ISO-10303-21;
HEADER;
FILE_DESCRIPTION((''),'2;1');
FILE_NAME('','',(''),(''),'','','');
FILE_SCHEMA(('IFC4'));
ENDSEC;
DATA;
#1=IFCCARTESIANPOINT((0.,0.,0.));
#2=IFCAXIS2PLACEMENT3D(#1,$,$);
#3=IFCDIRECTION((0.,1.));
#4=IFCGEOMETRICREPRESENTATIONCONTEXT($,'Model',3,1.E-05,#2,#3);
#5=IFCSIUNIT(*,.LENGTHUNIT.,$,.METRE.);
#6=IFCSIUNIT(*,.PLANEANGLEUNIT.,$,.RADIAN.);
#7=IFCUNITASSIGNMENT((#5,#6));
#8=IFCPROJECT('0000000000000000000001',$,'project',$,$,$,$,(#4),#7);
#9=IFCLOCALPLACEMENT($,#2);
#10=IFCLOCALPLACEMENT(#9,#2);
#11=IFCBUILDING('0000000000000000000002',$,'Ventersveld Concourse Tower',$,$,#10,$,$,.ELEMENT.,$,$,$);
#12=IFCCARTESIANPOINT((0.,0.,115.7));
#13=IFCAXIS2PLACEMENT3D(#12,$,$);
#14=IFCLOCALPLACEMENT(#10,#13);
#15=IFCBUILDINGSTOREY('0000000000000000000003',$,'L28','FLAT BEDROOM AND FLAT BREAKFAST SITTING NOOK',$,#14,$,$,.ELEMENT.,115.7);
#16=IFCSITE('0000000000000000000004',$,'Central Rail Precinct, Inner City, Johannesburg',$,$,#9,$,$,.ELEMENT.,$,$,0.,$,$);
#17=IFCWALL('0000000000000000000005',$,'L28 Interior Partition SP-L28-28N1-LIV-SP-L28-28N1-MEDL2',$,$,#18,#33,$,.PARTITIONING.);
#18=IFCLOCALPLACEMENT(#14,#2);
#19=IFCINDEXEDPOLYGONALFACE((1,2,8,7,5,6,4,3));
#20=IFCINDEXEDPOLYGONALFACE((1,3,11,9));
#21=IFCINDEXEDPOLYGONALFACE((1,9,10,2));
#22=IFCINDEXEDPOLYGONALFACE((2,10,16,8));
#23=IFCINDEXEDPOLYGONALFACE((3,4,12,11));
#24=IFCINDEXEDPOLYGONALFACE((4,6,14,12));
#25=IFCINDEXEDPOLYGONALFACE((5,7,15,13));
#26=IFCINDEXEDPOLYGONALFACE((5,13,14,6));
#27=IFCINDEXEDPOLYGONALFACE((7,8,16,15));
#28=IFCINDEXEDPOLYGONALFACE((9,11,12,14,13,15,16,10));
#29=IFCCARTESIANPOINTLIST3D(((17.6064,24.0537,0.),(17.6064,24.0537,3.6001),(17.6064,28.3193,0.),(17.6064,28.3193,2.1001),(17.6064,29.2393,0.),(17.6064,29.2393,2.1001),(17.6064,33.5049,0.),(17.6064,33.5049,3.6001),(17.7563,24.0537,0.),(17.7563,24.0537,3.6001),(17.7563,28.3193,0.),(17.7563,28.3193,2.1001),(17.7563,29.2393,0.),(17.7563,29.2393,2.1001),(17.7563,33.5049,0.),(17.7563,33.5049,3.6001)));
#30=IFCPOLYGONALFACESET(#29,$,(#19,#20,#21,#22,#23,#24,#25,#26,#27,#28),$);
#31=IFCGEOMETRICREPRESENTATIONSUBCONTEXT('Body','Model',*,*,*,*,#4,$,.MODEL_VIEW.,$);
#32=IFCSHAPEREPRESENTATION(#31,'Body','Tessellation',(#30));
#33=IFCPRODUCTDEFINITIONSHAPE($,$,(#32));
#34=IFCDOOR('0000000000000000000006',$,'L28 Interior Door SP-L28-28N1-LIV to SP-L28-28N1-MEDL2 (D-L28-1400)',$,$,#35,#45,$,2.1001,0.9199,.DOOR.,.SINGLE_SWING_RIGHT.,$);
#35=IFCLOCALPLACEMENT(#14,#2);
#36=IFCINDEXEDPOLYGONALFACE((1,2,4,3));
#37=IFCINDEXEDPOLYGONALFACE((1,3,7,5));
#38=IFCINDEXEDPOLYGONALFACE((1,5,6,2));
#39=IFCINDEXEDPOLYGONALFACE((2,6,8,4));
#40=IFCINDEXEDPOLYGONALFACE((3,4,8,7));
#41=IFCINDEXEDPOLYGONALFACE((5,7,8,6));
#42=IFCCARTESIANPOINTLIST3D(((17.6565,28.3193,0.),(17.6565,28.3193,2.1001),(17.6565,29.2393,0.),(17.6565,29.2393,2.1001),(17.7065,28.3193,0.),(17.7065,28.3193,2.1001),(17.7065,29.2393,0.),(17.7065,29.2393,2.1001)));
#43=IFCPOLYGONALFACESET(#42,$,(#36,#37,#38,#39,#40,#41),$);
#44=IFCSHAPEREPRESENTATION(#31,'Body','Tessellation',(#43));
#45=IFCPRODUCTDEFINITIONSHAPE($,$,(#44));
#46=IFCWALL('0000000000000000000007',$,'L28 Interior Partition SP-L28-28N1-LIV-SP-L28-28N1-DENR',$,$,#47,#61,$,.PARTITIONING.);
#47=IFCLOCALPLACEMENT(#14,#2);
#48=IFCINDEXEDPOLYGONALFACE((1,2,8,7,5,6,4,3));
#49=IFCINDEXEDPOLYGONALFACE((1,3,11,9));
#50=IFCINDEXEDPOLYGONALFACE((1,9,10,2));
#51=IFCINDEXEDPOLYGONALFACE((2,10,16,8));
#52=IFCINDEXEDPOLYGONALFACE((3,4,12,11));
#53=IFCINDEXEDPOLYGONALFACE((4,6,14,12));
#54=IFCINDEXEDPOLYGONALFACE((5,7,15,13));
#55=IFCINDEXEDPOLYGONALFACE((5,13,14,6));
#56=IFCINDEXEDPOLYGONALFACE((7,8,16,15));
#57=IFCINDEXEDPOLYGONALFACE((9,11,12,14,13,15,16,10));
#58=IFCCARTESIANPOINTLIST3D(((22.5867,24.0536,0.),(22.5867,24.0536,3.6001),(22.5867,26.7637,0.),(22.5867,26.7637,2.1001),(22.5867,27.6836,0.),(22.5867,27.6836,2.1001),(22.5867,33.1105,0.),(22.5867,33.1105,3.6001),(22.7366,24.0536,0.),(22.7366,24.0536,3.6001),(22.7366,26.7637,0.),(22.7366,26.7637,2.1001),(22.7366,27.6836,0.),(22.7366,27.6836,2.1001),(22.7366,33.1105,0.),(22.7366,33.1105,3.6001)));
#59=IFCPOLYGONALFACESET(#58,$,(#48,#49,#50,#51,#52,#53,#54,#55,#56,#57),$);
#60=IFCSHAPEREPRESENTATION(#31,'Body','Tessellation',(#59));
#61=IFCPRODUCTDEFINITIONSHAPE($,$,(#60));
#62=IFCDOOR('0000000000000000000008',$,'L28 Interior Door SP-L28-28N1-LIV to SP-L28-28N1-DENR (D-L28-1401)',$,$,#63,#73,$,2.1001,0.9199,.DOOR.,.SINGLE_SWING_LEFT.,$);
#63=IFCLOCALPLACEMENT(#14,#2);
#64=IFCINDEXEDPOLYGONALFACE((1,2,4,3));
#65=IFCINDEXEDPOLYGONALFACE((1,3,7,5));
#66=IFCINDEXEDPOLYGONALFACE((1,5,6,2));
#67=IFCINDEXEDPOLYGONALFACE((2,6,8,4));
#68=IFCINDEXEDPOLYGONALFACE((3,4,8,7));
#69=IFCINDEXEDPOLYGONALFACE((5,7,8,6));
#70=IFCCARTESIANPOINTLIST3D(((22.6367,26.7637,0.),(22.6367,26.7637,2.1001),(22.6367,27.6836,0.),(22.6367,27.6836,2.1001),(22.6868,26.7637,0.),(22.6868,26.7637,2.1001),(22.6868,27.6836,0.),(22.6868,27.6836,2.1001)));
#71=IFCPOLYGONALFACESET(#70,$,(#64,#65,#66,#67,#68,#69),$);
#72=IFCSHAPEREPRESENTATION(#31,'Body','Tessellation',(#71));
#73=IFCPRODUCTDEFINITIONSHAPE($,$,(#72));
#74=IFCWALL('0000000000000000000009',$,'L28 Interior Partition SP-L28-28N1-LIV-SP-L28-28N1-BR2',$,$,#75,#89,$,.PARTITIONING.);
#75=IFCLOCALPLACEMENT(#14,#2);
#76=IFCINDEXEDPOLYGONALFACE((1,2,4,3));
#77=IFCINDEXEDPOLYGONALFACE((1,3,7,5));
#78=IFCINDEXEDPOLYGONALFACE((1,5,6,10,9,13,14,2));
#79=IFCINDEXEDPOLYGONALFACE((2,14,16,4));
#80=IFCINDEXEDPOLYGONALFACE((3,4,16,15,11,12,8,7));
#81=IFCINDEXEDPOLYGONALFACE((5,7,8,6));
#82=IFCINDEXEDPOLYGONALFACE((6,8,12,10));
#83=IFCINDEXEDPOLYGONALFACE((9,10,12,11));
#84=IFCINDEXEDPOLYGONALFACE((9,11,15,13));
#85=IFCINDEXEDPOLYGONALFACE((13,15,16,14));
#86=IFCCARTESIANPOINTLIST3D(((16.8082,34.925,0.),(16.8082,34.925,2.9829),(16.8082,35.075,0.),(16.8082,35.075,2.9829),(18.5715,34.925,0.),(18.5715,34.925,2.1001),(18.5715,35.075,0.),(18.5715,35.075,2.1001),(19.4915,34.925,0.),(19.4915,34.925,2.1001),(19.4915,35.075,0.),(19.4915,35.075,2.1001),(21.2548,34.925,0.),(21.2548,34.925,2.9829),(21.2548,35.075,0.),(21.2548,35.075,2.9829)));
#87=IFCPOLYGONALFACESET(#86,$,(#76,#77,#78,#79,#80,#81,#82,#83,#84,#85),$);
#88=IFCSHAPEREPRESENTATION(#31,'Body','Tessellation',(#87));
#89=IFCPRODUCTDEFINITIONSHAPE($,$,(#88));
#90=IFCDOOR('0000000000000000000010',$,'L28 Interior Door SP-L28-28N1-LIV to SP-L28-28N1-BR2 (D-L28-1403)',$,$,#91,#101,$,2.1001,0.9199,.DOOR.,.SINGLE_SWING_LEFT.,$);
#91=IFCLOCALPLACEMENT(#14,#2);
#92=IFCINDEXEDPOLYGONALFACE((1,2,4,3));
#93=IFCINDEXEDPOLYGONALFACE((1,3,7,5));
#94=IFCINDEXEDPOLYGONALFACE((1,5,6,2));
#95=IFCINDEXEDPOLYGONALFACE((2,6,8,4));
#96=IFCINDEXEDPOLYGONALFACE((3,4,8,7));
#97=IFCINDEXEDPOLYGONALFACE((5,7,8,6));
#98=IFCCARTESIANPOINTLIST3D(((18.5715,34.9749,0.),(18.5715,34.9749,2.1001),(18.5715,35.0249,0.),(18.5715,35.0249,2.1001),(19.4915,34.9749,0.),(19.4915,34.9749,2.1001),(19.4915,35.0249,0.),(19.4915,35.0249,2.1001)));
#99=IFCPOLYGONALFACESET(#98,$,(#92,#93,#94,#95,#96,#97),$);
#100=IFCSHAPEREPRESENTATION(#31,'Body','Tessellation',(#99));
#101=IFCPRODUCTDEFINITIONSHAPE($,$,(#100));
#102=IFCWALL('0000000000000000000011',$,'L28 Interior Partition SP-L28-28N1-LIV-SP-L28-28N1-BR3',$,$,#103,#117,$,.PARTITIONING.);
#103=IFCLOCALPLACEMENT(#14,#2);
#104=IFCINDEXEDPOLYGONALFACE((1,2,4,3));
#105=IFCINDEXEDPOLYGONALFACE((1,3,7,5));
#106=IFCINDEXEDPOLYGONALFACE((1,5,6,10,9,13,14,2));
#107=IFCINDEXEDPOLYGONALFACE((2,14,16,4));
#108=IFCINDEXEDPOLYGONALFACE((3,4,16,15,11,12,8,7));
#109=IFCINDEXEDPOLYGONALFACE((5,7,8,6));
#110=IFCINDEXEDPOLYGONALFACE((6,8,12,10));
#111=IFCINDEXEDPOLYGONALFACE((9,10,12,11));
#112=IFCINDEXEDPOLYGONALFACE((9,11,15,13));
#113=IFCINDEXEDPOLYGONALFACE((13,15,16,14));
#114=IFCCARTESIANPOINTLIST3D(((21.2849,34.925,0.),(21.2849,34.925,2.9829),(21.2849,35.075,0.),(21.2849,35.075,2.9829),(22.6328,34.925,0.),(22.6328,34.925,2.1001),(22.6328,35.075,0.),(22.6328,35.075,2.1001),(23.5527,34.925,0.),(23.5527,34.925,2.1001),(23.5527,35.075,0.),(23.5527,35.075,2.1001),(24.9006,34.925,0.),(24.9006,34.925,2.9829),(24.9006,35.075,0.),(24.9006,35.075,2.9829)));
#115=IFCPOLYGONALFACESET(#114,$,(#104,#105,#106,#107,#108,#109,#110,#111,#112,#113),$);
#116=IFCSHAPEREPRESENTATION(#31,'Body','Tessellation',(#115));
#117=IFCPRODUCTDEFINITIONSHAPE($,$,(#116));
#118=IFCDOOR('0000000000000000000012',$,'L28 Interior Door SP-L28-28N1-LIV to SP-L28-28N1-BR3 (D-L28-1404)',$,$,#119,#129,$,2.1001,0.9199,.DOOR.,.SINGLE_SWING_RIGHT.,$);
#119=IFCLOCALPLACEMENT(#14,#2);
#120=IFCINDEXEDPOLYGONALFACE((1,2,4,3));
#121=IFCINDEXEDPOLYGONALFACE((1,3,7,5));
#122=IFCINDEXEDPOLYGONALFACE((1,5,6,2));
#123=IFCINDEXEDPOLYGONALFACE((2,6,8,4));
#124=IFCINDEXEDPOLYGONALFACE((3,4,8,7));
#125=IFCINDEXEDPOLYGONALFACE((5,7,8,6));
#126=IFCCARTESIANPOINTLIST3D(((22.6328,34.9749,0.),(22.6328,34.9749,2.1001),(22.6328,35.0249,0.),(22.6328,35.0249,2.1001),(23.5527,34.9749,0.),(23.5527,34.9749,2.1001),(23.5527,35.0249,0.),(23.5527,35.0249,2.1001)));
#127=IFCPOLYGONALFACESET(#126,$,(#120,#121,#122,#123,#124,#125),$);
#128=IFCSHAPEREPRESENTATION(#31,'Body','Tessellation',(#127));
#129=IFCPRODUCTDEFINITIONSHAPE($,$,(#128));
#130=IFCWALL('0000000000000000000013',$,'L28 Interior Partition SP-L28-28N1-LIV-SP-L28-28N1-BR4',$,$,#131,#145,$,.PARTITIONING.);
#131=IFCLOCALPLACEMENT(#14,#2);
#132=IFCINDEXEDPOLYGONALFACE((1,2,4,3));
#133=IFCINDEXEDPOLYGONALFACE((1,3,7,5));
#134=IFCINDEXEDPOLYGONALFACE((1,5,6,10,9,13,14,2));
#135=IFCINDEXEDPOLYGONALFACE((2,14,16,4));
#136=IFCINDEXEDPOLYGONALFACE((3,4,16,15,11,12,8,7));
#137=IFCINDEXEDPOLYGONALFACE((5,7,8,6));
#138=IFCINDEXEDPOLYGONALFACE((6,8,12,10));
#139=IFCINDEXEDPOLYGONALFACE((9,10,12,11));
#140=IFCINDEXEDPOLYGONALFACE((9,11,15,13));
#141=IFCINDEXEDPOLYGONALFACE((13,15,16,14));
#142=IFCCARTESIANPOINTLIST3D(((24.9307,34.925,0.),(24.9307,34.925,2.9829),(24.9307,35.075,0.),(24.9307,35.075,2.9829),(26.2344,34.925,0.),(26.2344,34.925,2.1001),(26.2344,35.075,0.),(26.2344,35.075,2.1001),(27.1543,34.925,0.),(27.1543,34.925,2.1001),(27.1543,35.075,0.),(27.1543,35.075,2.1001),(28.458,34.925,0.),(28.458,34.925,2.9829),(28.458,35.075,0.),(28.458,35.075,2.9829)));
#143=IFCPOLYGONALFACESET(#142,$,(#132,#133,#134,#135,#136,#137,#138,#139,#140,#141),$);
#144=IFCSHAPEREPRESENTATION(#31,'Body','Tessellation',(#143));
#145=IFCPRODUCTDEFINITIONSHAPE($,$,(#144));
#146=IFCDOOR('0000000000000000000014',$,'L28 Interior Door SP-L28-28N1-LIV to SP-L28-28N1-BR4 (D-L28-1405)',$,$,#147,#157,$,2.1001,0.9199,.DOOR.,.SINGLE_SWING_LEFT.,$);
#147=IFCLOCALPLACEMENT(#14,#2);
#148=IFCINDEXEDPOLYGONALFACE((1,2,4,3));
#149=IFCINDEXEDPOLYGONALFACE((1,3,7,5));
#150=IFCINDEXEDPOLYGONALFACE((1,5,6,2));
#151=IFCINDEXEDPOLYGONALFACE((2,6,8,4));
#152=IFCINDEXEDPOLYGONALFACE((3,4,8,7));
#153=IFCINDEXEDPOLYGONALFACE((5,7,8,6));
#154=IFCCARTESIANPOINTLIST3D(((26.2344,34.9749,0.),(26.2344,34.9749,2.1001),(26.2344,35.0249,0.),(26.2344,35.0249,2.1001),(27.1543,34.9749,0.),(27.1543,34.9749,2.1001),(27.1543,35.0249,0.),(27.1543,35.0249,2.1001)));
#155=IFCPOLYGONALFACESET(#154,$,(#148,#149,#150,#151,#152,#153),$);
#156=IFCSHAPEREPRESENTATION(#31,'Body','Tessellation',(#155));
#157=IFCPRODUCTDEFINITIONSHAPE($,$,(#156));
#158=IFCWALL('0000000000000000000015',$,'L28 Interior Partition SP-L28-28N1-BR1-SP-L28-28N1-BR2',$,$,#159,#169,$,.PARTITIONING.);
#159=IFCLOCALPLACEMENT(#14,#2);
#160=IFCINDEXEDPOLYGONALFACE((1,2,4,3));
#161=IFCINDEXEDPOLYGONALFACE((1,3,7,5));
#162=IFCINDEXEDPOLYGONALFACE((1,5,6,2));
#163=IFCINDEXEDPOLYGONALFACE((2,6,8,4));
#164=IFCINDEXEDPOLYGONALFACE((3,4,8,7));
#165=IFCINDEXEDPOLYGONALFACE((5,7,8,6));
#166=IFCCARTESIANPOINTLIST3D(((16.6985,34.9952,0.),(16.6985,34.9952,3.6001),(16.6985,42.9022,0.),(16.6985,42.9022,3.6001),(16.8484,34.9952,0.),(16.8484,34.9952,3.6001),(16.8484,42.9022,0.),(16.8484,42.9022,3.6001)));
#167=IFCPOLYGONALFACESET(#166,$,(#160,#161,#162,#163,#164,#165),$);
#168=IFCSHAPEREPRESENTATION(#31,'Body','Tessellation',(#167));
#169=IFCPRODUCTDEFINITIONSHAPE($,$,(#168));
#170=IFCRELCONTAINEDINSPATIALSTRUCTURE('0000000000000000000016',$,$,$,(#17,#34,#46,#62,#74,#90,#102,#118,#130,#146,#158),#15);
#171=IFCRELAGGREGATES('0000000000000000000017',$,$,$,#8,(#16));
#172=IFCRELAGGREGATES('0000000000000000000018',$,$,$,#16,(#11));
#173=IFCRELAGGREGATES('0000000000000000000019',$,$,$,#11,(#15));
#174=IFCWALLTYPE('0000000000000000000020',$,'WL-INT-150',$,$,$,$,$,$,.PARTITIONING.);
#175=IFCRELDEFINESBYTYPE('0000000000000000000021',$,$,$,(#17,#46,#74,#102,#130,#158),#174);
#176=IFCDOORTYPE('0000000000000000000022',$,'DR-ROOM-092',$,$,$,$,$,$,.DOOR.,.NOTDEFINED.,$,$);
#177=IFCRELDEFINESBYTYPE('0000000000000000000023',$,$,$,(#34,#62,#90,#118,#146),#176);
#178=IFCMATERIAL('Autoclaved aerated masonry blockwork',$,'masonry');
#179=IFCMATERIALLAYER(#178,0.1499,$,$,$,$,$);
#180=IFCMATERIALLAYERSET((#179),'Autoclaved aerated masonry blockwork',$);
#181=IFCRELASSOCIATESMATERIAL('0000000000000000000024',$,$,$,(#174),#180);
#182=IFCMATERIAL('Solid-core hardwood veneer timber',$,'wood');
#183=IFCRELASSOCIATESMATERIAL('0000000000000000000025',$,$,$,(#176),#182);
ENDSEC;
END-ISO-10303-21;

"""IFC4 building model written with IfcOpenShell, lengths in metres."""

from ifc_helpers import new_model, si_unit, direction, frame, frame_2d, origin, place, context, subcontext, project, spatial, rectangle, extrude, material, layer, layer_set, type_object, element, fill, save


model = new_model("IFC4")

# Units and contexts
model_context = context("Model", 3, precision=1e-05, world=origin(), true_north=direction((0.0, 1.0)))
body_context = subcontext(model_context, "Body", "Model", "MODEL_VIEW")
ifc_project = project(units=[si_unit("LENGTHUNIT", "METRE"), si_unit("PLANEANGLEUNIT", "RADIAN")], contexts=[model_context])

# Site, building, storey
site_placement = place(None, origin())
site = spatial("IfcSite", under=ifc_project, at=site_placement, Name="Central Rail Precinct, Inner City, Johannesburg", CompositionType="ELEMENT", RefElevation=0.0)
building_placement = place(site_placement, origin())
building = spatial("IfcBuilding", under=site, at=building_placement, Name="Ventersveld Concourse Tower", CompositionType="ELEMENT")
storey_placement = place(building_placement, frame((0.0, 0.0, 115.7)))
storey = spatial("IfcBuildingStorey", under=building, at=storey_placement, Name="L28", Description="FLAT BEDROOM AND FLAT BREAKFAST SITTING NOOK", CompositionType="ELEMENT", Elevation=115.7)

# Walls, openings, doors
ifc_material_1 = material(Name="Autoclaved aerated masonry blockwork", Category="masonry")
ifc_layer_1 = layer(ifc_material_1, 0.1499)
ifc_layer_set_1 = layer_set([ifc_layer_1], Name="Autoclaved aerated masonry blockwork")
wall_type_1 = type_object("IfcWallType", Name="WL-INT-150", PredefinedType="PARTITIONING", material=ifc_layer_set_1)
ifc_material_2 = material(Name="Solid-core hardwood veneer timber", Category="wood")
door_type = type_object("IfcDoorType", Name="DR-ROOM-092", OperationType="NOTDEFINED", PredefinedType="DOOR", material=ifc_material_2)
wall_1_placement = place(storey_placement, frame((17.6814, 24.0537, 0.0), z_axis=(0.0, 0.0, 1.0), x_axis=(0.0, 1.0, 0.0)))
wall_1 = element("IfcWall", 1, at=wall_1_placement, inside=storey, type_object=wall_type_1, Name="L28 Interior Partition SP-L28-28N1-LIV-SP-L28-28N1-MEDL2", PredefinedType="PARTITIONING", context=body_context, shape_type="SweptSolid", body=[
    extrude(rectangle(XDim=9.4512, YDim=0.1499, at=frame_2d((4.7256, 0.0))), origin(), (0.0, 0.0, 1.0), 3.6001),
])
opening_1_placement = place(wall_1_placement, frame((4.2656, 0.0, 0.0)))
opening_1 = element("IfcOpeningElement", 2, at=opening_1_placement, cuts=wall_1, PredefinedType="OPENING", context=body_context, shape_type="SweptSolid", body=[
    extrude(rectangle(XDim=0.9199, YDim=2.1001, at=frame_2d((0.46, 1.05))), frame((0.0, 0.085, 0.0), z_axis=(0.0, -1.0, 0.0), x_axis=(1.0, 0.0, 0.0)), (0.0, 0.0, 1.0), 0.1699),
])
door_1_placement = place(opening_1_placement, origin())
door_1 = element("IfcDoor", 3, at=door_1_placement, inside=storey, type_object=door_type, Name="L28 Interior Door SP-L28-28N1-LIV to SP-L28-28N1-MEDL2 (D-L28-1400)", OperationType="SINGLE_SWING_RIGHT", OverallHeight=2.1001, OverallWidth=0.9199, PredefinedType="DOOR", context=body_context, shape_type="SweptSolid", body=[
    extrude(rectangle(XDim=0.9199, YDim=2.1001, at=frame_2d((0.46, 1.05))), frame((0.0, 0.0249, 0.0), z_axis=(0.0, -1.0, 0.0), x_axis=(1.0, 0.0, 0.0)), (0.0, 0.0, 1.0), 0.05),
])
fill(opening_1, door_1)
wall_2_placement = place(storey_placement, frame((22.6616, 24.0537, 0.0), z_axis=(0.0, 0.0, 1.0), x_axis=(0.0, 1.0, 0.0)))
wall_2 = element("IfcWall", 4, at=wall_2_placement, inside=storey, type_object=wall_type_1, Name="L28 Interior Partition SP-L28-28N1-LIV-SP-L28-28N1-DENR", PredefinedType="PARTITIONING", context=body_context, shape_type="SweptSolid", body=[
    extrude(rectangle(XDim=9.0569, YDim=0.1499, at=frame_2d((4.5283, 0.0))), origin(), (0.0, 0.0, 1.0), 3.6001),
])
opening_2_placement = place(wall_2_placement, frame((2.71, 0.0, 0.0)))
opening_2 = element("IfcOpeningElement", 5, at=opening_2_placement, cuts=wall_2, PredefinedType="OPENING", context=body_context, shape_type="SweptSolid", body=[
    extrude(rectangle(XDim=0.9199, YDim=2.1001, at=frame_2d((0.46, 1.05))), frame((0.0, 0.085, 0.0), z_axis=(0.0, -1.0, 0.0), x_axis=(1.0, 0.0, 0.0)), (0.0, 0.0, 1.0), 0.1699),
])
door_2_placement = place(opening_2_placement, origin())
door_2 = element("IfcDoor", 6, at=door_2_placement, inside=storey, type_object=door_type, Name="L28 Interior Door SP-L28-28N1-LIV to SP-L28-28N1-DENR (D-L28-1401)", OperationType="SINGLE_SWING_LEFT", OverallHeight=2.1001, OverallWidth=0.9199, PredefinedType="DOOR", context=body_context, shape_type="SweptSolid", body=[
    extrude(rectangle(XDim=0.9199, YDim=2.1001, at=frame_2d((0.46, 1.05))), frame((0.0, 0.0249, 0.0), z_axis=(0.0, -1.0, 0.0), x_axis=(1.0, 0.0, 0.0)), (0.0, 0.0, 1.0), 0.05),
])
fill(opening_2, door_2)
wall_3_placement = place(storey_placement, frame((16.8083, 35.0, 0.0), z_axis=(0.0, 0.0, 1.0), x_axis=(1.0, 0.0, 0.0)))
wall_3 = element("IfcWall", 7, at=wall_3_placement, inside=storey, type_object=wall_type_1, Name="L28 Interior Partition SP-L28-28N1-LIV-SP-L28-28N1-BR2", PredefinedType="PARTITIONING", context=body_context, shape_type="SweptSolid", body=[
    extrude(rectangle(XDim=4.4465, YDim=0.1499, at=frame_2d((2.2231, 0.0))), origin(), (0.0, 0.0, 1.0), 2.9829),
])
opening_3_placement = place(wall_3_placement, frame((1.7632, 0.0, 0.0)))
opening_3 = element("IfcOpeningElement", 8, at=opening_3_placement, cuts=wall_3, PredefinedType="OPENING", context=body_context, shape_type="SweptSolid", body=[
    extrude(rectangle(XDim=0.9199, YDim=2.1001, at=frame_2d((0.46, 1.05))), frame((0.0, 0.085, 0.0), z_axis=(0.0, -1.0, 0.0), x_axis=(1.0, 0.0, 0.0)), (0.0, 0.0, 1.0), 0.1699),
])
door_3_placement = place(opening_3_placement, origin())
door_3 = element("IfcDoor", 9, at=door_3_placement, inside=storey, type_object=door_type, Name="L28 Interior Door SP-L28-28N1-LIV to SP-L28-28N1-BR2 (D-L28-1403)", OperationType="SINGLE_SWING_LEFT", OverallHeight=2.1001, OverallWidth=0.9199, PredefinedType="DOOR", context=body_context, shape_type="SweptSolid", body=[
    extrude(rectangle(XDim=0.9199, YDim=2.1001, at=frame_2d((0.46, 1.05))), frame((0.0, 0.0249, 0.0), z_axis=(0.0, -1.0, 0.0), x_axis=(1.0, 0.0, 0.0)), (0.0, 0.0, 1.0), 0.05),
])
fill(opening_3, door_3)
wall_4_placement = place(storey_placement, frame((21.2849, 35.0, 0.0), z_axis=(0.0, 0.0, 1.0), x_axis=(1.0, 0.0, 0.0)))
wall_4 = element("IfcWall", 10, at=wall_4_placement, inside=storey, type_object=wall_type_1, Name="L28 Interior Partition SP-L28-28N1-LIV-SP-L28-28N1-BR3", PredefinedType="PARTITIONING", context=body_context, shape_type="SweptSolid", body=[
    extrude(rectangle(XDim=3.6157, YDim=0.1499, at=frame_2d((1.8079, 0.0))), origin(), (0.0, 0.0, 1.0), 2.9829),
])
opening_4_placement = place(wall_4_placement, frame((1.3479, 0.0, 0.0)))
opening_4 = element("IfcOpeningElement", 11, at=opening_4_placement, cuts=wall_4, PredefinedType="OPENING", context=body_context, shape_type="SweptSolid", body=[
    extrude(rectangle(XDim=0.9199, YDim=2.1001, at=frame_2d((0.46, 1.05))), frame((0.0, 0.085, 0.0), z_axis=(0.0, -1.0, 0.0), x_axis=(1.0, 0.0, 0.0)), (0.0, 0.0, 1.0), 0.1699),
])
door_4_placement = place(opening_4_placement, origin())
door_4 = element("IfcDoor", 12, at=door_4_placement, inside=storey, type_object=door_type, Name="L28 Interior Door SP-L28-28N1-LIV to SP-L28-28N1-BR3 (D-L28-1404)", OperationType="SINGLE_SWING_RIGHT", OverallHeight=2.1001, OverallWidth=0.9199, PredefinedType="DOOR", context=body_context, shape_type="SweptSolid", body=[
    extrude(rectangle(XDim=0.9199, YDim=2.1001, at=frame_2d((0.46, 1.05))), frame((0.0, 0.0249, 0.0), z_axis=(0.0, -1.0, 0.0), x_axis=(1.0, 0.0, 0.0)), (0.0, 0.0, 1.0), 0.05),
])
fill(opening_4, door_4)
wall_5_placement = place(storey_placement, frame((24.9307, 35.0, 0.0), z_axis=(0.0, 0.0, 1.0), x_axis=(1.0, 0.0, 0.0)))
wall_5 = element("IfcWall", 13, at=wall_5_placement, inside=storey, type_object=wall_type_1, Name="L28 Interior Partition SP-L28-28N1-LIV-SP-L28-28N1-BR4", PredefinedType="PARTITIONING", context=body_context, shape_type="SweptSolid", body=[
    extrude(rectangle(XDim=3.5273, YDim=0.1499, at=frame_2d((1.7637, 0.0))), origin(), (0.0, 0.0, 1.0), 2.9829),
])
opening_5_placement = place(wall_5_placement, frame((1.3037, 0.0, 0.0)))
opening_5 = element("IfcOpeningElement", 14, at=opening_5_placement, cuts=wall_5, PredefinedType="OPENING", context=body_context, shape_type="SweptSolid", body=[
    extrude(rectangle(XDim=0.9199, YDim=2.1001, at=frame_2d((0.46, 1.05))), frame((0.0, 0.085, 0.0), z_axis=(0.0, -1.0, 0.0), x_axis=(1.0, 0.0, 0.0)), (0.0, 0.0, 1.0), 0.1699),
])
door_5_placement = place(opening_5_placement, origin())
door_5 = element("IfcDoor", 15, at=door_5_placement, inside=storey, type_object=door_type, Name="L28 Interior Door SP-L28-28N1-LIV to SP-L28-28N1-BR4 (D-L28-1405)", OperationType="SINGLE_SWING_LEFT", OverallHeight=2.1001, OverallWidth=0.9199, PredefinedType="DOOR", context=body_context, shape_type="SweptSolid", body=[
    extrude(rectangle(XDim=0.9199, YDim=2.1001, at=frame_2d((0.46, 1.05))), frame((0.0, 0.0249, 0.0), z_axis=(0.0, -1.0, 0.0), x_axis=(1.0, 0.0, 0.0)), (0.0, 0.0, 1.0), 0.05),
])
fill(opening_5, door_5)

# Wall
wall_6_placement = place(storey_placement, frame((16.7734, 34.9951, 0.0), z_axis=(0.0, 0.0, 1.0), x_axis=(0.0, 1.0, 0.0)))
element("IfcWall", 16, at=wall_6_placement, inside=storey, type_object=wall_type_1, Name="L28 Interior Partition SP-L28-28N1-BR1-SP-L28-28N1-BR2", PredefinedType="PARTITIONING", context=body_context, shape_type="SweptSolid", body=[
    extrude(rectangle(XDim=7.907, YDim=0.1499, at=frame_2d((3.9536, 0.0))), origin(), (0.0, 0.0, 1.0), 3.6001),
])

save(model, "model.ifc")
